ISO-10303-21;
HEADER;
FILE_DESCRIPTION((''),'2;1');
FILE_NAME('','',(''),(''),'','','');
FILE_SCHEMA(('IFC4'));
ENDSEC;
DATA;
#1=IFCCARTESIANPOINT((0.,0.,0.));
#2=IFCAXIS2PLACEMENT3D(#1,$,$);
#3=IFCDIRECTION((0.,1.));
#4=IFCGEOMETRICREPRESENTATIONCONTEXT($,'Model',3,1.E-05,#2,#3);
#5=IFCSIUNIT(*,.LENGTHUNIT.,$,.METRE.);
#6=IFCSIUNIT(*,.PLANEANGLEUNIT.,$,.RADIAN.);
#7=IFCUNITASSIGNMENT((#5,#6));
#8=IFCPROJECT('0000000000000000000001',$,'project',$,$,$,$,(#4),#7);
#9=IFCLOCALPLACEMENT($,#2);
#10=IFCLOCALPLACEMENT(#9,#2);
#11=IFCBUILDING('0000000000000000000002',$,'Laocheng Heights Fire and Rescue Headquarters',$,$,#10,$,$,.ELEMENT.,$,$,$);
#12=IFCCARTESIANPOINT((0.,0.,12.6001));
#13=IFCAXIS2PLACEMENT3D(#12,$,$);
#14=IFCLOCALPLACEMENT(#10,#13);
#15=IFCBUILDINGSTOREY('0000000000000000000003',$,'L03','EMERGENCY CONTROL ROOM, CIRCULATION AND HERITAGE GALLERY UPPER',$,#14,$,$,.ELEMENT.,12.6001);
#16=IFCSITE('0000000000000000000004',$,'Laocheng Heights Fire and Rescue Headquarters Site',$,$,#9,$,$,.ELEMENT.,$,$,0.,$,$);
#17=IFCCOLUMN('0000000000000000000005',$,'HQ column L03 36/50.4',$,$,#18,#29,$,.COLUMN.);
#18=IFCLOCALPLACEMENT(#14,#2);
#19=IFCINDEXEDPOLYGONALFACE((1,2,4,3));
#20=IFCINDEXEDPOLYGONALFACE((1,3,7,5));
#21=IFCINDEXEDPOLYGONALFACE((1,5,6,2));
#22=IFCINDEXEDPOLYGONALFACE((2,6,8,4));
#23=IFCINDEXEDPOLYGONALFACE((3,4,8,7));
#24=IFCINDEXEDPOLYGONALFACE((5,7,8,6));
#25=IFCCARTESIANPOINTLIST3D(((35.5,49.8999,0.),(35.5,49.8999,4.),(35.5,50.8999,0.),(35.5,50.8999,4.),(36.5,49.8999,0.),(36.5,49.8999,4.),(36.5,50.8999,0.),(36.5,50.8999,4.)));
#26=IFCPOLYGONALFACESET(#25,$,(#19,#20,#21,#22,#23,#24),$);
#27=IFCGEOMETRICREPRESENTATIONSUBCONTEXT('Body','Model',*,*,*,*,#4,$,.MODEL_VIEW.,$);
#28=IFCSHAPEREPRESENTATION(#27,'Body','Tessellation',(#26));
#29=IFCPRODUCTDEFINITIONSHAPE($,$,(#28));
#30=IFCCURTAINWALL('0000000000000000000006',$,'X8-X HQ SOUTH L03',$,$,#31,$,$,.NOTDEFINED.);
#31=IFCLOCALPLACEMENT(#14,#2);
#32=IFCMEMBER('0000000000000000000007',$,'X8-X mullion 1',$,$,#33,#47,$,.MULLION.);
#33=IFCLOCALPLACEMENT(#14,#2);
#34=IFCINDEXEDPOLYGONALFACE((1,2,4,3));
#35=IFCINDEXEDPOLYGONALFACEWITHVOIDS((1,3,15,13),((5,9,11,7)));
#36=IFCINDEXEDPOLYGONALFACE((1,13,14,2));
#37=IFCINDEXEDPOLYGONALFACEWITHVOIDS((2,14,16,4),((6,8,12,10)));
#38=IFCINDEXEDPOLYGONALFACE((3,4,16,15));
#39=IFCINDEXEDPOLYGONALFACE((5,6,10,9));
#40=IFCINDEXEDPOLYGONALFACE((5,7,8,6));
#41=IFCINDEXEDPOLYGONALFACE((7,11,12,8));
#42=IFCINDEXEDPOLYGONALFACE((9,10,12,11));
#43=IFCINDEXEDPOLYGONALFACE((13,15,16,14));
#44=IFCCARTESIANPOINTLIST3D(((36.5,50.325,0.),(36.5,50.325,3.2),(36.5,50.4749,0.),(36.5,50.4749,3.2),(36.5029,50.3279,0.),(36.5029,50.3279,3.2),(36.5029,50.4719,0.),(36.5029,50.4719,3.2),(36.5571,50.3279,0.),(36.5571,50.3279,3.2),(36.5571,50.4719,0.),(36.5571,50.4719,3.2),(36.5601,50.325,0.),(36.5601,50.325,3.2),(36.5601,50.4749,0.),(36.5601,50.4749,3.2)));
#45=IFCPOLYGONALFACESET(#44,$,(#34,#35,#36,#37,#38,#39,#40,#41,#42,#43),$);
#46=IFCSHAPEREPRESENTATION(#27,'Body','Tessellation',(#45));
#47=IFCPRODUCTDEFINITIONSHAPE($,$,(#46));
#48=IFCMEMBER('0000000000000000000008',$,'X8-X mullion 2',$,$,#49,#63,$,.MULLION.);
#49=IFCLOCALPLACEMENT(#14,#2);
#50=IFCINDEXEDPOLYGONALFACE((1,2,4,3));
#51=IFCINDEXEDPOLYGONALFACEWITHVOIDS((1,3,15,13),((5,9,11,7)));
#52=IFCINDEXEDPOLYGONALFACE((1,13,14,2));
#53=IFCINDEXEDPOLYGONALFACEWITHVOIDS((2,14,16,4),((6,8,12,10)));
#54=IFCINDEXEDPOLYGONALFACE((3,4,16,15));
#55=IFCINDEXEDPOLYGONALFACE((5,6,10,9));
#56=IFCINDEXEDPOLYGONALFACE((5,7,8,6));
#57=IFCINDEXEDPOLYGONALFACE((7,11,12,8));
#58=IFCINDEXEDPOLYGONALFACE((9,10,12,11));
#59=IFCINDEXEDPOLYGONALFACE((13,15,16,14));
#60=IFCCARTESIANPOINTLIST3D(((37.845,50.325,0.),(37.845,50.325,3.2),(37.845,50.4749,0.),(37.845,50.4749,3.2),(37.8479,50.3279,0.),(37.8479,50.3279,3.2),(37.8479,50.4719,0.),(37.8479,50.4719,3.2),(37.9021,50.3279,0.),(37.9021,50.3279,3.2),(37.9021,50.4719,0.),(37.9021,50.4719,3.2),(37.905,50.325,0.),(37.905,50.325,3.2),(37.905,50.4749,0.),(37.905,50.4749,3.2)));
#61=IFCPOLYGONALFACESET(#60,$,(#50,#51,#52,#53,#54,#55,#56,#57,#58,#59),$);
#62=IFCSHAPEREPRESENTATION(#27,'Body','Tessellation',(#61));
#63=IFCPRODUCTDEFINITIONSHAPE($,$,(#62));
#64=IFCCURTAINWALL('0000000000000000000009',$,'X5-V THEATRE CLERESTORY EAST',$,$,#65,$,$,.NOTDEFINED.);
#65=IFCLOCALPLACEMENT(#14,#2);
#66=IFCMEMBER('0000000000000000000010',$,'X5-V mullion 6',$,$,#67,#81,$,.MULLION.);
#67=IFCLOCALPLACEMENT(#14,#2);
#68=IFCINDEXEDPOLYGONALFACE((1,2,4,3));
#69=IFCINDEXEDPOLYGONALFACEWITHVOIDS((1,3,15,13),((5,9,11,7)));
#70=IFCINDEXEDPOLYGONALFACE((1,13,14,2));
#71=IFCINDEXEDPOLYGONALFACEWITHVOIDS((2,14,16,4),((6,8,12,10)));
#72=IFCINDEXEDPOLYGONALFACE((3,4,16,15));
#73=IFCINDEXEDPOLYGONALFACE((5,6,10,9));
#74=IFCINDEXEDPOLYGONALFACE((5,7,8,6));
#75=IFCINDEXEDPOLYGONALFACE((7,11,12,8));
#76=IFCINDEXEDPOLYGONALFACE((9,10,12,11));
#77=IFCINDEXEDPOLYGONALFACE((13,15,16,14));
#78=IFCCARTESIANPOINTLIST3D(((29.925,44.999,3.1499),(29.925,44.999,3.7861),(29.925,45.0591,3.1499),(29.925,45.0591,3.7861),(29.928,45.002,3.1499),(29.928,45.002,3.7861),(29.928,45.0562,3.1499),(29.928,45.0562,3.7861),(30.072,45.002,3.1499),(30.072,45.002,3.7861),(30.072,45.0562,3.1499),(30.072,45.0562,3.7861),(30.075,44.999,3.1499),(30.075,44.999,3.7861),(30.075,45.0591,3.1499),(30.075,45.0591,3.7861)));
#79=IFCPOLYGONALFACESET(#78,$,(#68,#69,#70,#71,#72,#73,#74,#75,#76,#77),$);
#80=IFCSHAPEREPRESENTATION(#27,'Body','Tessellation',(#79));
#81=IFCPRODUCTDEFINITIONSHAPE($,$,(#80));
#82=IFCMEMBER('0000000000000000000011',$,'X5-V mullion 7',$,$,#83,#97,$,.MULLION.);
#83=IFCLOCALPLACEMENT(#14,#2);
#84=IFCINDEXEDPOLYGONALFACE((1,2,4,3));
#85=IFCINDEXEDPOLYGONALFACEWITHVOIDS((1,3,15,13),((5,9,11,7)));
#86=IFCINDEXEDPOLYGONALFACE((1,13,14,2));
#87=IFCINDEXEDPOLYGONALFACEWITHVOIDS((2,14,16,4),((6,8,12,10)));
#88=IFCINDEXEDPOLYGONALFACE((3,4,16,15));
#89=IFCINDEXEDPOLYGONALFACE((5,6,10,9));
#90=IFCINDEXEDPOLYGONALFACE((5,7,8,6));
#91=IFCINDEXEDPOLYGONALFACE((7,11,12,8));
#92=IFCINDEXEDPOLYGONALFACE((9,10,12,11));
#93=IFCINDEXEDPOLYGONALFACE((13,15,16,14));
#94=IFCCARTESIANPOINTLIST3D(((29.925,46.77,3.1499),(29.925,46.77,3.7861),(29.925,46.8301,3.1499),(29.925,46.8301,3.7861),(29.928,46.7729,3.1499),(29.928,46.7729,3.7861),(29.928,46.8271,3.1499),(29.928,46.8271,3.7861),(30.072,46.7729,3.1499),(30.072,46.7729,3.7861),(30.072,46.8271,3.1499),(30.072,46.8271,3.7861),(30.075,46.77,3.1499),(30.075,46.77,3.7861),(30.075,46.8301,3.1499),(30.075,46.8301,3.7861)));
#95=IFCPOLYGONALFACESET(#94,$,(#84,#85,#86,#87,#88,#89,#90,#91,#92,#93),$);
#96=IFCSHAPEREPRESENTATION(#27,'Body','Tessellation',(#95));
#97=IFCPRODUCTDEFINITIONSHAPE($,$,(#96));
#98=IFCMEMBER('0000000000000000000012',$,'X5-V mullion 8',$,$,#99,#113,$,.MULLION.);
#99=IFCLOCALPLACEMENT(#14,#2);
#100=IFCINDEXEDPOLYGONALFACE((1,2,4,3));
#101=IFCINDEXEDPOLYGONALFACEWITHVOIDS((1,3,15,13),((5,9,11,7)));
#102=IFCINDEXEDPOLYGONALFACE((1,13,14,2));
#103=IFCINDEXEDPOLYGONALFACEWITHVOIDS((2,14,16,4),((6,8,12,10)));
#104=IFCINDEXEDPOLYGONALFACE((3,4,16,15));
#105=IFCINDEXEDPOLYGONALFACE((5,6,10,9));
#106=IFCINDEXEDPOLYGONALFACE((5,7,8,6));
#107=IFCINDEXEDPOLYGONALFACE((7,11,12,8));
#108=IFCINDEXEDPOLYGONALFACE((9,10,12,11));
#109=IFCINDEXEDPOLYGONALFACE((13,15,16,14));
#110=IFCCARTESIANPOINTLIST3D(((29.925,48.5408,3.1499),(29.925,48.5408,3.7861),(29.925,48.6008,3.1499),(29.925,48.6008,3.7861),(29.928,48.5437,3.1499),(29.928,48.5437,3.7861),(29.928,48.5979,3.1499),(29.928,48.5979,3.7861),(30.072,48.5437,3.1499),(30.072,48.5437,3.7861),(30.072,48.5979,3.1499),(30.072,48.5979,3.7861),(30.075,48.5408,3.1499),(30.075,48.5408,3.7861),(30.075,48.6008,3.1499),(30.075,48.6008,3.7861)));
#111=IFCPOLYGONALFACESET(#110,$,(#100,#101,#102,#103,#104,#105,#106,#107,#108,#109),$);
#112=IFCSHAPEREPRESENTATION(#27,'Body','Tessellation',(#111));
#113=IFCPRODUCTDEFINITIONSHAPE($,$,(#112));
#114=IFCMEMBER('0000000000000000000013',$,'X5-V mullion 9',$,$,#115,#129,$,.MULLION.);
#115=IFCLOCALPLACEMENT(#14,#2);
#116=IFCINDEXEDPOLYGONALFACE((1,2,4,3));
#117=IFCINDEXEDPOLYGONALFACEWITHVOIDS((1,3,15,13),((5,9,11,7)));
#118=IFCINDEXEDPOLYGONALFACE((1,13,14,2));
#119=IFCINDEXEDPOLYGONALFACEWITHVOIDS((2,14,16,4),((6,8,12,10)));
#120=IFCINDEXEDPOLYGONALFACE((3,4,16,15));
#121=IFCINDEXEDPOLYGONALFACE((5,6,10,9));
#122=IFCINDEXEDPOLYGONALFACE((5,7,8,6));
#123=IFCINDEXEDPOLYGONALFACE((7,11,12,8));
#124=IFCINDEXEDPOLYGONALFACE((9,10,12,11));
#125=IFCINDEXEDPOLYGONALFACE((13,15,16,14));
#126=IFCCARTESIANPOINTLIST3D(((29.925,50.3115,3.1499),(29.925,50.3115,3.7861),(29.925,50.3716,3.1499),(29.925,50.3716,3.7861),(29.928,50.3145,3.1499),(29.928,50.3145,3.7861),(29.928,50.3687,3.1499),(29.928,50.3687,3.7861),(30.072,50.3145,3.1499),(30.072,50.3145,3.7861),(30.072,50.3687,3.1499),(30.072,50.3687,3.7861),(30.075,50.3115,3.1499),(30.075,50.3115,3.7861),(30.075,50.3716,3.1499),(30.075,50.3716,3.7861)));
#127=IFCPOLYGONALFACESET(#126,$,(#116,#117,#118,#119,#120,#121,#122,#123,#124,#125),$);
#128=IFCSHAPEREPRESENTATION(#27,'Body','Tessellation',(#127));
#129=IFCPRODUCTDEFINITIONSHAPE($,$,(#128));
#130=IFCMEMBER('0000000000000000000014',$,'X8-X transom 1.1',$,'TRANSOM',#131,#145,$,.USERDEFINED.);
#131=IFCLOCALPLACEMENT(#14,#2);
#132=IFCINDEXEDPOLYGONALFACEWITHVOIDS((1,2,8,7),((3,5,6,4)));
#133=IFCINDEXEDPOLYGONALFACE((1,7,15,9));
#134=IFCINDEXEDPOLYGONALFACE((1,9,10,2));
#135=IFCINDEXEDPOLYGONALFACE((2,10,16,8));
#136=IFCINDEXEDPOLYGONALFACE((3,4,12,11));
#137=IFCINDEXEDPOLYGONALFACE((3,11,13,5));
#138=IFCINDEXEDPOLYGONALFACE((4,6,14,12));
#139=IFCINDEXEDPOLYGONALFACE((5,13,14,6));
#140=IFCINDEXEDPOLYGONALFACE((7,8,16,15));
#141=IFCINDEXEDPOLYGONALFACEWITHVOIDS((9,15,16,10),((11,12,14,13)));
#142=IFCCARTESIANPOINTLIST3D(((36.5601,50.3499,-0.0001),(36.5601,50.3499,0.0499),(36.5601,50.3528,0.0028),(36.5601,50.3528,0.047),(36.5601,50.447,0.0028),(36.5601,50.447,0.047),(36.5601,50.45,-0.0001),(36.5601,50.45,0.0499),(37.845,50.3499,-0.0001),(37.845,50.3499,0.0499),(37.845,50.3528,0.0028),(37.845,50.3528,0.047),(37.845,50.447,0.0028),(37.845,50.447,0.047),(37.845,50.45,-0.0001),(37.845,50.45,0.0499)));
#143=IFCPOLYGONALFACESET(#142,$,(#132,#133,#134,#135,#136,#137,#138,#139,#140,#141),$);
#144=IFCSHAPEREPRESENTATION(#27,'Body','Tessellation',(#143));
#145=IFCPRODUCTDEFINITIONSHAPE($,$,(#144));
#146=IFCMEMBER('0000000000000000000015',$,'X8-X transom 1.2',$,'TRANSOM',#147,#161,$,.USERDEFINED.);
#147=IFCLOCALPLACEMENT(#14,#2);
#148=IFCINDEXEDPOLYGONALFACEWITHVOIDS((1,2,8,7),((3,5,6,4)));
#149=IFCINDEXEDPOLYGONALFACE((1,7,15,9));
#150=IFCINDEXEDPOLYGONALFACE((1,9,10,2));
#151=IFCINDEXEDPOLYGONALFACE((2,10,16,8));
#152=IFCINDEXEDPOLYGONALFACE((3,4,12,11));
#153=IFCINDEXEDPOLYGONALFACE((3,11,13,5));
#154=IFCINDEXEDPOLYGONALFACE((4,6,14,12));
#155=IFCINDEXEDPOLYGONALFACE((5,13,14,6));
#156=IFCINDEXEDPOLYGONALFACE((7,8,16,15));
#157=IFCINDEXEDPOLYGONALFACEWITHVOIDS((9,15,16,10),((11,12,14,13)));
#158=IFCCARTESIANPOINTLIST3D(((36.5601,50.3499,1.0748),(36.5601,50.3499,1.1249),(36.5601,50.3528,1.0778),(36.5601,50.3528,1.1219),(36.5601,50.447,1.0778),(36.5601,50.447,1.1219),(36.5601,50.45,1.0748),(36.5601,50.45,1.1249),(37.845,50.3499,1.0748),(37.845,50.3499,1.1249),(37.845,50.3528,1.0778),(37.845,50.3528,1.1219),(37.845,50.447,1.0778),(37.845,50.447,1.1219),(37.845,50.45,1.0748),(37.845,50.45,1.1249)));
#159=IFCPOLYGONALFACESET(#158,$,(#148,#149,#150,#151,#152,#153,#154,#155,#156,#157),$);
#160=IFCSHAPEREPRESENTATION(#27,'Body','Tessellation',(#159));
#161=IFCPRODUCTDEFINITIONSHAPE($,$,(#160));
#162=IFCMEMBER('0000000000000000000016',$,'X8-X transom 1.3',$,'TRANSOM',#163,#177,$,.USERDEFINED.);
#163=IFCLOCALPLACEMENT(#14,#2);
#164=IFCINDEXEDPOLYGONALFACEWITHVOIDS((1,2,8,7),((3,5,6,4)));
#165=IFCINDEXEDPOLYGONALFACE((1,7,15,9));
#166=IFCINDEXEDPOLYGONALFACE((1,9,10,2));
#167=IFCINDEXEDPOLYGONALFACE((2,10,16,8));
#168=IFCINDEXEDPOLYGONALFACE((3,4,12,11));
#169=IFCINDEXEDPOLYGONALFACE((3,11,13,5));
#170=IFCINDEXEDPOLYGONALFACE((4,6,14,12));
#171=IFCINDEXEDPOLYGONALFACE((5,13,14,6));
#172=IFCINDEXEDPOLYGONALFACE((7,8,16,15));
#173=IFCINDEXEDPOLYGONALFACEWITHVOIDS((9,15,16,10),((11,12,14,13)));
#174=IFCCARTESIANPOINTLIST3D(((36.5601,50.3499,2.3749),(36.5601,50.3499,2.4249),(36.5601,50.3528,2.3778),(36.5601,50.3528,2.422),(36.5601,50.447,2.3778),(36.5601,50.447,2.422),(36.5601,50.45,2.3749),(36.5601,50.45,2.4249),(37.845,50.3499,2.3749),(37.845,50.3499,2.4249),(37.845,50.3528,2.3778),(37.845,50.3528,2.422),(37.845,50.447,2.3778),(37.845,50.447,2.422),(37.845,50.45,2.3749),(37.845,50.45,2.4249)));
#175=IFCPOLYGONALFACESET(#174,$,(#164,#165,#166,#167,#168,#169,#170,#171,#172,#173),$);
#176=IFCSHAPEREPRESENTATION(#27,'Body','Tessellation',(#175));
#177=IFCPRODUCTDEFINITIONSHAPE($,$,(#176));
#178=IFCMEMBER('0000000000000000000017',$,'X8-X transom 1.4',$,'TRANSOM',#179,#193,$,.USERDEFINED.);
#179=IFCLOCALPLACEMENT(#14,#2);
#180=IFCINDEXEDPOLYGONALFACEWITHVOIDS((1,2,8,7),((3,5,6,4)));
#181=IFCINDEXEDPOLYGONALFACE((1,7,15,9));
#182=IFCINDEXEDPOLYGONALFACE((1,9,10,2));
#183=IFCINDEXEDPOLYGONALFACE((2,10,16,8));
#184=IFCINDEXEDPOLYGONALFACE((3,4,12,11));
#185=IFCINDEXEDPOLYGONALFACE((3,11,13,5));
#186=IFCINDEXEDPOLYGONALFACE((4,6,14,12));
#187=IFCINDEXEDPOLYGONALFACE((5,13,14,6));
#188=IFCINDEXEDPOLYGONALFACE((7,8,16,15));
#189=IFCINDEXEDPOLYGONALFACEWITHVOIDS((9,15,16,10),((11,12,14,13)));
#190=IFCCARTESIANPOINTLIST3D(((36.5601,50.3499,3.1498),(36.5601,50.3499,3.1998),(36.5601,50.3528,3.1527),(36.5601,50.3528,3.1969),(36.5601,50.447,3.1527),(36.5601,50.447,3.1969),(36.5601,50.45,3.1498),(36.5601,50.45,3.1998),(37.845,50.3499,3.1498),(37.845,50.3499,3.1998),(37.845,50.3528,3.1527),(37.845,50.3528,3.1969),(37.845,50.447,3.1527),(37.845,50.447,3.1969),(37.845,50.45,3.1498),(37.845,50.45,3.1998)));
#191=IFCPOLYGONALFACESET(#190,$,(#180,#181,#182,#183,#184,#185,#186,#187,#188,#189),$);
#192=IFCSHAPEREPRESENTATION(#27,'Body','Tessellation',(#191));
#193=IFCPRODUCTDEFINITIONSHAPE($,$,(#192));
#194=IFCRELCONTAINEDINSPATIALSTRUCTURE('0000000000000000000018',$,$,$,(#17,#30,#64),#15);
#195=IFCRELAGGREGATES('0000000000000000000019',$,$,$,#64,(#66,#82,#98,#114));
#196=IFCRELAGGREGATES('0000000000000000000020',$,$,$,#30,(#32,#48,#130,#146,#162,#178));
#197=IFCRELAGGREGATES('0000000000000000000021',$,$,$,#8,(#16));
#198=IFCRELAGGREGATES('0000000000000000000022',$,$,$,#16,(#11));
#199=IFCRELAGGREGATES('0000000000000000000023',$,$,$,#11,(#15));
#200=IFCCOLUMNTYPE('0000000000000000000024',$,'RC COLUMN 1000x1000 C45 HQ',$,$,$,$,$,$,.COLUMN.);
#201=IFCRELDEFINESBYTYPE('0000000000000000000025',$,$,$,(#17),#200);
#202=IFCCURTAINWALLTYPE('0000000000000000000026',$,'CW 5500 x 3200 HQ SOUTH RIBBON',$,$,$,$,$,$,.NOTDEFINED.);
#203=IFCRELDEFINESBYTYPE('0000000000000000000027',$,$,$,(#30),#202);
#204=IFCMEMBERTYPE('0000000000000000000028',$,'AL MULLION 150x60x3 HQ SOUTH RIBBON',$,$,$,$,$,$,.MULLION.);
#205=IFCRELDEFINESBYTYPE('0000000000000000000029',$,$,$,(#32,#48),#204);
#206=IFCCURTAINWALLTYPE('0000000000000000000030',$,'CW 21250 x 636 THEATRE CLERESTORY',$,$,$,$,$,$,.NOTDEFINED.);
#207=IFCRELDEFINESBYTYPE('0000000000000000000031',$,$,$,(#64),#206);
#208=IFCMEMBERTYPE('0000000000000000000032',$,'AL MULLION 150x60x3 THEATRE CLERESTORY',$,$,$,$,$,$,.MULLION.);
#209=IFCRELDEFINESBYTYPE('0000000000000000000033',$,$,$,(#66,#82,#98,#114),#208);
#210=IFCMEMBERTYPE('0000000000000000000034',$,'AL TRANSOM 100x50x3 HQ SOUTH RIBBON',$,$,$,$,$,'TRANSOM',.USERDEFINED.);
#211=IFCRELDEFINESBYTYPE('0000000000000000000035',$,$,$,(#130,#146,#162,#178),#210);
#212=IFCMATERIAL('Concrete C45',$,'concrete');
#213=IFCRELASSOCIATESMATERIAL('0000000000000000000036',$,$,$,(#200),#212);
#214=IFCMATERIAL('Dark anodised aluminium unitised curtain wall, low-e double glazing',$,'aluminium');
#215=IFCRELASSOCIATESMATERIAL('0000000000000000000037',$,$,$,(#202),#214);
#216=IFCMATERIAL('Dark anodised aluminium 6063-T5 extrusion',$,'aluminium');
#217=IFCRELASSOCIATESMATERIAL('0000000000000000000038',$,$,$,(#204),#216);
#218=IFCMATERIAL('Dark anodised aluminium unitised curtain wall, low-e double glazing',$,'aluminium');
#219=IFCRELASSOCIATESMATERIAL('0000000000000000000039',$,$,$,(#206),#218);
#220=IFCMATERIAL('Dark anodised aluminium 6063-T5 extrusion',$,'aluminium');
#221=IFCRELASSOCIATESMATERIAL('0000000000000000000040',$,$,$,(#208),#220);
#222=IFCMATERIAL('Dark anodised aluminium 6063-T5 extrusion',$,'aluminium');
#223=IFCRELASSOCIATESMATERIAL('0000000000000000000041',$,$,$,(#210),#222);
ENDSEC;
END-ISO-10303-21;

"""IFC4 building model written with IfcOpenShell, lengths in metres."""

from ifc_helpers import new_model, si_unit, direction, frame, origin, origin_2d, place, context, subcontext, project, spatial, rectangle, hollow_rectangle, extrude, material, material_profile, profile_set, type_object, element, aggregate, save


model = new_model("IFC4")

# Units and contexts
model_context = context("Model", 3, precision=1e-05, world=origin(), true_north=direction((0.0, 1.0)))
body_context = subcontext(model_context, "Body", "Model", "MODEL_VIEW")
ifc_project = project(units=[si_unit("LENGTHUNIT", "METRE"), si_unit("PLANEANGLEUNIT", "RADIAN")], contexts=[model_context])

# Site, building, storey
site_placement = place(None, origin())
site = spatial("IfcSite", under=ifc_project, at=site_placement, Name="Laocheng Heights Fire and Rescue Headquarters Site", CompositionType="ELEMENT", RefElevation=0.0)
building_placement = place(site_placement, origin())
building = spatial("IfcBuilding", under=site, at=building_placement, Name="Laocheng Heights Fire and Rescue Headquarters", CompositionType="ELEMENT")
storey_placement = place(building_placement, frame((0.0, 0.0, 12.6001)))
storey = spatial("IfcBuildingStorey", under=building, at=storey_placement, Name="L03", Description="EMERGENCY CONTROL ROOM, CIRCULATION AND HERITAGE GALLERY UPPER", CompositionType="ELEMENT", Elevation=12.6001)

# Column
ifc_material_1 = material(Name="Concrete C45", Category="concrete")
ifc_material_profile_1 = material_profile(ifc_material_1, rectangle(XDim=1.0, YDim=1.0, at=origin_2d()), Name="RC COLUMN 1000x1000 C45 HQ")
ifc_profile_set_1 = profile_set([ifc_material_profile_1], Name="Concrete C45")
column_type = type_object("IfcColumnType", Name="RC COLUMN 1000x1000 C45 HQ", PredefinedType="COLUMN", material=ifc_profile_set_1)
column_placement = place(storey_placement, frame((36.0, 50.3999, 0.0), z_axis=(0.0, 0.0, 1.0), x_axis=(1.0, 0.0, 0.0)))
element("IfcColumn", 1, at=column_placement, inside=storey, type_object=column_type, Name="HQ column L03 36/50.4", PredefinedType="COLUMN", context=body_context, shape_type="SweptSolid", body=[
    extrude(rectangle(XDim=1.0, YDim=1.0, at=origin_2d()), origin(), (0.0, 0.0, 1.0), 4.0),
])

# Curtain walls, members
ifc_material_2 = material(Name="Dark anodised aluminium unitised curtain wall, low-e double glazing", Category="aluminium")
curtain_wall_type_1 = type_object("IfcCurtainWallType", Name="CW 5500 x 3200 HQ SOUTH RIBBON", PredefinedType="NOTDEFINED", material=ifc_material_2)
curtain_wall_1_placement = place(storey_placement, origin())
curtain_wall_1 = element("IfcCurtainWall", 2, at=curtain_wall_1_placement, inside=storey, type_object=curtain_wall_type_1, Name="X8-X HQ SOUTH L03", PredefinedType="NOTDEFINED")
ifc_material_3 = material(Name="Dark anodised aluminium 6063-T5 extrusion", Category="aluminium")
ifc_material_profile_2 = material_profile(ifc_material_3, hollow_rectangle(XDim=0.1499, YDim=0.0601, WallThickness=0.0029, at=origin_2d()), Name="AL MULLION 150x60x3 HQ SOUTH RIBBON")
ifc_profile_set_2 = profile_set([ifc_material_profile_2], Name="Dark anodised aluminium 6063-T5 extrusion")
member_type_1 = type_object("IfcMemberType", Name="AL MULLION 150x60x3 HQ SOUTH RIBBON", PredefinedType="MULLION", material=ifc_profile_set_2)
member_1_placement = place(storey_placement, frame((36.53, 50.3999, 0.0), z_axis=(0.0, 0.0, 1.0), x_axis=(0.0, 1.0, 0.0)))
member_1 = element("IfcMember", 3, at=member_1_placement, type_object=member_type_1, Name="X8-X mullion 1", PredefinedType="MULLION", context=body_context, shape_type="SweptSolid", body=[
    extrude(hollow_rectangle(XDim=0.1499, YDim=0.0601, WallThickness=0.0029, at=origin_2d()), origin(), (0.0, 0.0, 1.0), 3.2),
])
member_2_placement = place(storey_placement, frame((37.875, 50.3999, 0.0), z_axis=(0.0, 0.0, 1.0), x_axis=(0.0, 1.0, 0.0)))
member_2 = element("IfcMember", 4, at=member_2_placement, type_object=member_type_1, Name="X8-X mullion 2", PredefinedType="MULLION", context=body_context, shape_type="SweptSolid", body=[
    extrude(hollow_rectangle(XDim=0.1499, YDim=0.0601, WallThickness=0.0029, at=origin_2d()), origin(), (0.0, 0.0, 1.0), 3.2),
])
ifc_material_4 = material(Name="Dark anodised aluminium unitised curtain wall, low-e double glazing", Category="aluminium")
curtain_wall_type_2 = type_object("IfcCurtainWallType", Name="CW 21250 x 636 THEATRE CLERESTORY", PredefinedType="NOTDEFINED", material=ifc_material_4)
curtain_wall_2_placement = place(storey_placement, origin())
curtain_wall_2 = element("IfcCurtainWall", 5, at=curtain_wall_2_placement, inside=storey, type_object=curtain_wall_type_2, Name="X5-V THEATRE CLERESTORY EAST", PredefinedType="NOTDEFINED")
ifc_material_5 = material(Name="Dark anodised aluminium 6063-T5 extrusion", Category="aluminium")
ifc_material_profile_3 = material_profile(ifc_material_5, hollow_rectangle(XDim=0.1499, YDim=0.0601, WallThickness=0.0029, at=origin_2d()), Name="AL MULLION 150x60x3 THEATRE CLERESTORY")
ifc_profile_set_3 = profile_set([ifc_material_profile_3], Name="Dark anodised aluminium 6063-T5 extrusion")
member_type_2 = type_object("IfcMemberType", Name="AL MULLION 150x60x3 THEATRE CLERESTORY", PredefinedType="MULLION", material=ifc_profile_set_3)
member_3_placement = place(storey_placement, frame((30.0, 45.0291, 3.1499), z_axis=(0.0, 0.0, 1.0), x_axis=(-1.0, 0.0, 0.0)))
member_3 = element("IfcMember", 6, at=member_3_placement, type_object=member_type_2, Name="X5-V mullion 6", PredefinedType="MULLION", context=body_context, shape_type="SweptSolid", body=[
    extrude(hollow_rectangle(XDim=0.1499, YDim=0.0601, WallThickness=0.0029, at=origin_2d()), origin(), (0.0, 0.0, 1.0), 0.6362),
])
member_4_placement = place(storey_placement, frame((30.0, 46.8, 3.1499), z_axis=(0.0, 0.0, 1.0), x_axis=(-1.0, 0.0, 0.0)))
member_4 = element("IfcMember", 7, at=member_4_placement, type_object=member_type_2, Name="X5-V mullion 7", PredefinedType="MULLION", context=body_context, shape_type="SweptSolid", body=[
    extrude(hollow_rectangle(XDim=0.1499, YDim=0.0601, WallThickness=0.0029, at=origin_2d()), origin(), (0.0, 0.0, 1.0), 0.6362),
])
member_5_placement = place(storey_placement, frame((30.0, 48.5708, 3.1499), z_axis=(0.0, 0.0, 1.0), x_axis=(-1.0, 0.0, 0.0)))
member_5 = element("IfcMember", 8, at=member_5_placement, type_object=member_type_2, Name="X5-V mullion 8", PredefinedType="MULLION", context=body_context, shape_type="SweptSolid", body=[
    extrude(hollow_rectangle(XDim=0.1499, YDim=0.0601, WallThickness=0.0029, at=origin_2d()), origin(), (0.0, 0.0, 1.0), 0.6362),
])
member_6_placement = place(storey_placement, frame((30.0, 50.3416, 3.1499), z_axis=(0.0, 0.0, 1.0), x_axis=(-1.0, 0.0, 0.0)))
member_6 = element("IfcMember", 9, at=member_6_placement, type_object=member_type_2, Name="X5-V mullion 9", PredefinedType="MULLION", context=body_context, shape_type="SweptSolid", body=[
    extrude(hollow_rectangle(XDim=0.1499, YDim=0.0601, WallThickness=0.0029, at=origin_2d()), origin(), (0.0, 0.0, 1.0), 0.6362),
])

# Members
ifc_material_6 = material(Name="Dark anodised aluminium 6063-T5 extrusion", Category="aluminium")
ifc_material_profile_4 = material_profile(ifc_material_6, hollow_rectangle(XDim=0.1001, YDim=0.05, WallThickness=0.0029, at=origin_2d()), Name="AL TRANSOM 100x50x3 HQ SOUTH RIBBON")
ifc_profile_set_4 = profile_set([ifc_material_profile_4], Name="Dark anodised aluminium 6063-T5 extrusion")
member_type_3 = type_object("IfcMemberType", Name="AL TRANSOM 100x50x3 HQ SOUTH RIBBON", ElementType="TRANSOM", PredefinedType="USERDEFINED", material=ifc_profile_set_4)
member_7_placement = place(storey_placement, frame((36.5601, 50.3999, 0.0249), z_axis=(1.0, 0.0, 0.0), x_axis=(0.0, 1.0, 0.0)))
member_7 = element("IfcMember", 10, at=member_7_placement, type_object=member_type_3, Name="X8-X transom 1.1", ObjectType="TRANSOM", PredefinedType="USERDEFINED", context=body_context, shape_type="SweptSolid", body=[
    extrude(hollow_rectangle(XDim=0.1001, YDim=0.05, WallThickness=0.0029, at=origin_2d()), origin(), (0.0, 0.0, 1.0), 1.2849),
])
member_8_placement = place(storey_placement, frame((36.5601, 50.3999, 1.0999), z_axis=(1.0, 0.0, 0.0), x_axis=(0.0, 1.0, 0.0)))
member_8 = element("IfcMember", 11, at=member_8_placement, type_object=member_type_3, Name="X8-X transom 1.2", ObjectType="TRANSOM", PredefinedType="USERDEFINED", context=body_context, shape_type="SweptSolid", body=[
    extrude(hollow_rectangle(XDim=0.1001, YDim=0.05, WallThickness=0.0029, at=origin_2d()), origin(), (0.0, 0.0, 1.0), 1.2849),
])
member_9_placement = place(storey_placement, frame((36.5601, 50.3999, 2.3999), z_axis=(1.0, 0.0, 0.0), x_axis=(0.0, 1.0, 0.0)))
member_9 = element("IfcMember", 12, at=member_9_placement, type_object=member_type_3, Name="X8-X transom 1.3", ObjectType="TRANSOM", PredefinedType="USERDEFINED", context=body_context, shape_type="SweptSolid", body=[
    extrude(hollow_rectangle(XDim=0.1001, YDim=0.05, WallThickness=0.0029, at=origin_2d()), origin(), (0.0, 0.0, 1.0), 1.2849),
])
member_10_placement = place(storey_placement, frame((36.5601, 50.3999, 3.1748), z_axis=(1.0, 0.0, 0.0), x_axis=(0.0, 1.0, 0.0)))
member_10 = element("IfcMember", 13, at=member_10_placement, type_object=member_type_3, Name="X8-X transom 1.4", ObjectType="TRANSOM", PredefinedType="USERDEFINED", context=body_context, shape_type="SweptSolid", body=[
    extrude(hollow_rectangle(XDim=0.1001, YDim=0.05, WallThickness=0.0029, at=origin_2d()), origin(), (0.0, 0.0, 1.0), 1.2849),
])

aggregate(curtain_wall_2, [member_3, member_4, member_5, member_6])
aggregate(curtain_wall_1, [member_1, member_2, member_7, member_8, member_9, member_10])

save(model, "model.ifc")
